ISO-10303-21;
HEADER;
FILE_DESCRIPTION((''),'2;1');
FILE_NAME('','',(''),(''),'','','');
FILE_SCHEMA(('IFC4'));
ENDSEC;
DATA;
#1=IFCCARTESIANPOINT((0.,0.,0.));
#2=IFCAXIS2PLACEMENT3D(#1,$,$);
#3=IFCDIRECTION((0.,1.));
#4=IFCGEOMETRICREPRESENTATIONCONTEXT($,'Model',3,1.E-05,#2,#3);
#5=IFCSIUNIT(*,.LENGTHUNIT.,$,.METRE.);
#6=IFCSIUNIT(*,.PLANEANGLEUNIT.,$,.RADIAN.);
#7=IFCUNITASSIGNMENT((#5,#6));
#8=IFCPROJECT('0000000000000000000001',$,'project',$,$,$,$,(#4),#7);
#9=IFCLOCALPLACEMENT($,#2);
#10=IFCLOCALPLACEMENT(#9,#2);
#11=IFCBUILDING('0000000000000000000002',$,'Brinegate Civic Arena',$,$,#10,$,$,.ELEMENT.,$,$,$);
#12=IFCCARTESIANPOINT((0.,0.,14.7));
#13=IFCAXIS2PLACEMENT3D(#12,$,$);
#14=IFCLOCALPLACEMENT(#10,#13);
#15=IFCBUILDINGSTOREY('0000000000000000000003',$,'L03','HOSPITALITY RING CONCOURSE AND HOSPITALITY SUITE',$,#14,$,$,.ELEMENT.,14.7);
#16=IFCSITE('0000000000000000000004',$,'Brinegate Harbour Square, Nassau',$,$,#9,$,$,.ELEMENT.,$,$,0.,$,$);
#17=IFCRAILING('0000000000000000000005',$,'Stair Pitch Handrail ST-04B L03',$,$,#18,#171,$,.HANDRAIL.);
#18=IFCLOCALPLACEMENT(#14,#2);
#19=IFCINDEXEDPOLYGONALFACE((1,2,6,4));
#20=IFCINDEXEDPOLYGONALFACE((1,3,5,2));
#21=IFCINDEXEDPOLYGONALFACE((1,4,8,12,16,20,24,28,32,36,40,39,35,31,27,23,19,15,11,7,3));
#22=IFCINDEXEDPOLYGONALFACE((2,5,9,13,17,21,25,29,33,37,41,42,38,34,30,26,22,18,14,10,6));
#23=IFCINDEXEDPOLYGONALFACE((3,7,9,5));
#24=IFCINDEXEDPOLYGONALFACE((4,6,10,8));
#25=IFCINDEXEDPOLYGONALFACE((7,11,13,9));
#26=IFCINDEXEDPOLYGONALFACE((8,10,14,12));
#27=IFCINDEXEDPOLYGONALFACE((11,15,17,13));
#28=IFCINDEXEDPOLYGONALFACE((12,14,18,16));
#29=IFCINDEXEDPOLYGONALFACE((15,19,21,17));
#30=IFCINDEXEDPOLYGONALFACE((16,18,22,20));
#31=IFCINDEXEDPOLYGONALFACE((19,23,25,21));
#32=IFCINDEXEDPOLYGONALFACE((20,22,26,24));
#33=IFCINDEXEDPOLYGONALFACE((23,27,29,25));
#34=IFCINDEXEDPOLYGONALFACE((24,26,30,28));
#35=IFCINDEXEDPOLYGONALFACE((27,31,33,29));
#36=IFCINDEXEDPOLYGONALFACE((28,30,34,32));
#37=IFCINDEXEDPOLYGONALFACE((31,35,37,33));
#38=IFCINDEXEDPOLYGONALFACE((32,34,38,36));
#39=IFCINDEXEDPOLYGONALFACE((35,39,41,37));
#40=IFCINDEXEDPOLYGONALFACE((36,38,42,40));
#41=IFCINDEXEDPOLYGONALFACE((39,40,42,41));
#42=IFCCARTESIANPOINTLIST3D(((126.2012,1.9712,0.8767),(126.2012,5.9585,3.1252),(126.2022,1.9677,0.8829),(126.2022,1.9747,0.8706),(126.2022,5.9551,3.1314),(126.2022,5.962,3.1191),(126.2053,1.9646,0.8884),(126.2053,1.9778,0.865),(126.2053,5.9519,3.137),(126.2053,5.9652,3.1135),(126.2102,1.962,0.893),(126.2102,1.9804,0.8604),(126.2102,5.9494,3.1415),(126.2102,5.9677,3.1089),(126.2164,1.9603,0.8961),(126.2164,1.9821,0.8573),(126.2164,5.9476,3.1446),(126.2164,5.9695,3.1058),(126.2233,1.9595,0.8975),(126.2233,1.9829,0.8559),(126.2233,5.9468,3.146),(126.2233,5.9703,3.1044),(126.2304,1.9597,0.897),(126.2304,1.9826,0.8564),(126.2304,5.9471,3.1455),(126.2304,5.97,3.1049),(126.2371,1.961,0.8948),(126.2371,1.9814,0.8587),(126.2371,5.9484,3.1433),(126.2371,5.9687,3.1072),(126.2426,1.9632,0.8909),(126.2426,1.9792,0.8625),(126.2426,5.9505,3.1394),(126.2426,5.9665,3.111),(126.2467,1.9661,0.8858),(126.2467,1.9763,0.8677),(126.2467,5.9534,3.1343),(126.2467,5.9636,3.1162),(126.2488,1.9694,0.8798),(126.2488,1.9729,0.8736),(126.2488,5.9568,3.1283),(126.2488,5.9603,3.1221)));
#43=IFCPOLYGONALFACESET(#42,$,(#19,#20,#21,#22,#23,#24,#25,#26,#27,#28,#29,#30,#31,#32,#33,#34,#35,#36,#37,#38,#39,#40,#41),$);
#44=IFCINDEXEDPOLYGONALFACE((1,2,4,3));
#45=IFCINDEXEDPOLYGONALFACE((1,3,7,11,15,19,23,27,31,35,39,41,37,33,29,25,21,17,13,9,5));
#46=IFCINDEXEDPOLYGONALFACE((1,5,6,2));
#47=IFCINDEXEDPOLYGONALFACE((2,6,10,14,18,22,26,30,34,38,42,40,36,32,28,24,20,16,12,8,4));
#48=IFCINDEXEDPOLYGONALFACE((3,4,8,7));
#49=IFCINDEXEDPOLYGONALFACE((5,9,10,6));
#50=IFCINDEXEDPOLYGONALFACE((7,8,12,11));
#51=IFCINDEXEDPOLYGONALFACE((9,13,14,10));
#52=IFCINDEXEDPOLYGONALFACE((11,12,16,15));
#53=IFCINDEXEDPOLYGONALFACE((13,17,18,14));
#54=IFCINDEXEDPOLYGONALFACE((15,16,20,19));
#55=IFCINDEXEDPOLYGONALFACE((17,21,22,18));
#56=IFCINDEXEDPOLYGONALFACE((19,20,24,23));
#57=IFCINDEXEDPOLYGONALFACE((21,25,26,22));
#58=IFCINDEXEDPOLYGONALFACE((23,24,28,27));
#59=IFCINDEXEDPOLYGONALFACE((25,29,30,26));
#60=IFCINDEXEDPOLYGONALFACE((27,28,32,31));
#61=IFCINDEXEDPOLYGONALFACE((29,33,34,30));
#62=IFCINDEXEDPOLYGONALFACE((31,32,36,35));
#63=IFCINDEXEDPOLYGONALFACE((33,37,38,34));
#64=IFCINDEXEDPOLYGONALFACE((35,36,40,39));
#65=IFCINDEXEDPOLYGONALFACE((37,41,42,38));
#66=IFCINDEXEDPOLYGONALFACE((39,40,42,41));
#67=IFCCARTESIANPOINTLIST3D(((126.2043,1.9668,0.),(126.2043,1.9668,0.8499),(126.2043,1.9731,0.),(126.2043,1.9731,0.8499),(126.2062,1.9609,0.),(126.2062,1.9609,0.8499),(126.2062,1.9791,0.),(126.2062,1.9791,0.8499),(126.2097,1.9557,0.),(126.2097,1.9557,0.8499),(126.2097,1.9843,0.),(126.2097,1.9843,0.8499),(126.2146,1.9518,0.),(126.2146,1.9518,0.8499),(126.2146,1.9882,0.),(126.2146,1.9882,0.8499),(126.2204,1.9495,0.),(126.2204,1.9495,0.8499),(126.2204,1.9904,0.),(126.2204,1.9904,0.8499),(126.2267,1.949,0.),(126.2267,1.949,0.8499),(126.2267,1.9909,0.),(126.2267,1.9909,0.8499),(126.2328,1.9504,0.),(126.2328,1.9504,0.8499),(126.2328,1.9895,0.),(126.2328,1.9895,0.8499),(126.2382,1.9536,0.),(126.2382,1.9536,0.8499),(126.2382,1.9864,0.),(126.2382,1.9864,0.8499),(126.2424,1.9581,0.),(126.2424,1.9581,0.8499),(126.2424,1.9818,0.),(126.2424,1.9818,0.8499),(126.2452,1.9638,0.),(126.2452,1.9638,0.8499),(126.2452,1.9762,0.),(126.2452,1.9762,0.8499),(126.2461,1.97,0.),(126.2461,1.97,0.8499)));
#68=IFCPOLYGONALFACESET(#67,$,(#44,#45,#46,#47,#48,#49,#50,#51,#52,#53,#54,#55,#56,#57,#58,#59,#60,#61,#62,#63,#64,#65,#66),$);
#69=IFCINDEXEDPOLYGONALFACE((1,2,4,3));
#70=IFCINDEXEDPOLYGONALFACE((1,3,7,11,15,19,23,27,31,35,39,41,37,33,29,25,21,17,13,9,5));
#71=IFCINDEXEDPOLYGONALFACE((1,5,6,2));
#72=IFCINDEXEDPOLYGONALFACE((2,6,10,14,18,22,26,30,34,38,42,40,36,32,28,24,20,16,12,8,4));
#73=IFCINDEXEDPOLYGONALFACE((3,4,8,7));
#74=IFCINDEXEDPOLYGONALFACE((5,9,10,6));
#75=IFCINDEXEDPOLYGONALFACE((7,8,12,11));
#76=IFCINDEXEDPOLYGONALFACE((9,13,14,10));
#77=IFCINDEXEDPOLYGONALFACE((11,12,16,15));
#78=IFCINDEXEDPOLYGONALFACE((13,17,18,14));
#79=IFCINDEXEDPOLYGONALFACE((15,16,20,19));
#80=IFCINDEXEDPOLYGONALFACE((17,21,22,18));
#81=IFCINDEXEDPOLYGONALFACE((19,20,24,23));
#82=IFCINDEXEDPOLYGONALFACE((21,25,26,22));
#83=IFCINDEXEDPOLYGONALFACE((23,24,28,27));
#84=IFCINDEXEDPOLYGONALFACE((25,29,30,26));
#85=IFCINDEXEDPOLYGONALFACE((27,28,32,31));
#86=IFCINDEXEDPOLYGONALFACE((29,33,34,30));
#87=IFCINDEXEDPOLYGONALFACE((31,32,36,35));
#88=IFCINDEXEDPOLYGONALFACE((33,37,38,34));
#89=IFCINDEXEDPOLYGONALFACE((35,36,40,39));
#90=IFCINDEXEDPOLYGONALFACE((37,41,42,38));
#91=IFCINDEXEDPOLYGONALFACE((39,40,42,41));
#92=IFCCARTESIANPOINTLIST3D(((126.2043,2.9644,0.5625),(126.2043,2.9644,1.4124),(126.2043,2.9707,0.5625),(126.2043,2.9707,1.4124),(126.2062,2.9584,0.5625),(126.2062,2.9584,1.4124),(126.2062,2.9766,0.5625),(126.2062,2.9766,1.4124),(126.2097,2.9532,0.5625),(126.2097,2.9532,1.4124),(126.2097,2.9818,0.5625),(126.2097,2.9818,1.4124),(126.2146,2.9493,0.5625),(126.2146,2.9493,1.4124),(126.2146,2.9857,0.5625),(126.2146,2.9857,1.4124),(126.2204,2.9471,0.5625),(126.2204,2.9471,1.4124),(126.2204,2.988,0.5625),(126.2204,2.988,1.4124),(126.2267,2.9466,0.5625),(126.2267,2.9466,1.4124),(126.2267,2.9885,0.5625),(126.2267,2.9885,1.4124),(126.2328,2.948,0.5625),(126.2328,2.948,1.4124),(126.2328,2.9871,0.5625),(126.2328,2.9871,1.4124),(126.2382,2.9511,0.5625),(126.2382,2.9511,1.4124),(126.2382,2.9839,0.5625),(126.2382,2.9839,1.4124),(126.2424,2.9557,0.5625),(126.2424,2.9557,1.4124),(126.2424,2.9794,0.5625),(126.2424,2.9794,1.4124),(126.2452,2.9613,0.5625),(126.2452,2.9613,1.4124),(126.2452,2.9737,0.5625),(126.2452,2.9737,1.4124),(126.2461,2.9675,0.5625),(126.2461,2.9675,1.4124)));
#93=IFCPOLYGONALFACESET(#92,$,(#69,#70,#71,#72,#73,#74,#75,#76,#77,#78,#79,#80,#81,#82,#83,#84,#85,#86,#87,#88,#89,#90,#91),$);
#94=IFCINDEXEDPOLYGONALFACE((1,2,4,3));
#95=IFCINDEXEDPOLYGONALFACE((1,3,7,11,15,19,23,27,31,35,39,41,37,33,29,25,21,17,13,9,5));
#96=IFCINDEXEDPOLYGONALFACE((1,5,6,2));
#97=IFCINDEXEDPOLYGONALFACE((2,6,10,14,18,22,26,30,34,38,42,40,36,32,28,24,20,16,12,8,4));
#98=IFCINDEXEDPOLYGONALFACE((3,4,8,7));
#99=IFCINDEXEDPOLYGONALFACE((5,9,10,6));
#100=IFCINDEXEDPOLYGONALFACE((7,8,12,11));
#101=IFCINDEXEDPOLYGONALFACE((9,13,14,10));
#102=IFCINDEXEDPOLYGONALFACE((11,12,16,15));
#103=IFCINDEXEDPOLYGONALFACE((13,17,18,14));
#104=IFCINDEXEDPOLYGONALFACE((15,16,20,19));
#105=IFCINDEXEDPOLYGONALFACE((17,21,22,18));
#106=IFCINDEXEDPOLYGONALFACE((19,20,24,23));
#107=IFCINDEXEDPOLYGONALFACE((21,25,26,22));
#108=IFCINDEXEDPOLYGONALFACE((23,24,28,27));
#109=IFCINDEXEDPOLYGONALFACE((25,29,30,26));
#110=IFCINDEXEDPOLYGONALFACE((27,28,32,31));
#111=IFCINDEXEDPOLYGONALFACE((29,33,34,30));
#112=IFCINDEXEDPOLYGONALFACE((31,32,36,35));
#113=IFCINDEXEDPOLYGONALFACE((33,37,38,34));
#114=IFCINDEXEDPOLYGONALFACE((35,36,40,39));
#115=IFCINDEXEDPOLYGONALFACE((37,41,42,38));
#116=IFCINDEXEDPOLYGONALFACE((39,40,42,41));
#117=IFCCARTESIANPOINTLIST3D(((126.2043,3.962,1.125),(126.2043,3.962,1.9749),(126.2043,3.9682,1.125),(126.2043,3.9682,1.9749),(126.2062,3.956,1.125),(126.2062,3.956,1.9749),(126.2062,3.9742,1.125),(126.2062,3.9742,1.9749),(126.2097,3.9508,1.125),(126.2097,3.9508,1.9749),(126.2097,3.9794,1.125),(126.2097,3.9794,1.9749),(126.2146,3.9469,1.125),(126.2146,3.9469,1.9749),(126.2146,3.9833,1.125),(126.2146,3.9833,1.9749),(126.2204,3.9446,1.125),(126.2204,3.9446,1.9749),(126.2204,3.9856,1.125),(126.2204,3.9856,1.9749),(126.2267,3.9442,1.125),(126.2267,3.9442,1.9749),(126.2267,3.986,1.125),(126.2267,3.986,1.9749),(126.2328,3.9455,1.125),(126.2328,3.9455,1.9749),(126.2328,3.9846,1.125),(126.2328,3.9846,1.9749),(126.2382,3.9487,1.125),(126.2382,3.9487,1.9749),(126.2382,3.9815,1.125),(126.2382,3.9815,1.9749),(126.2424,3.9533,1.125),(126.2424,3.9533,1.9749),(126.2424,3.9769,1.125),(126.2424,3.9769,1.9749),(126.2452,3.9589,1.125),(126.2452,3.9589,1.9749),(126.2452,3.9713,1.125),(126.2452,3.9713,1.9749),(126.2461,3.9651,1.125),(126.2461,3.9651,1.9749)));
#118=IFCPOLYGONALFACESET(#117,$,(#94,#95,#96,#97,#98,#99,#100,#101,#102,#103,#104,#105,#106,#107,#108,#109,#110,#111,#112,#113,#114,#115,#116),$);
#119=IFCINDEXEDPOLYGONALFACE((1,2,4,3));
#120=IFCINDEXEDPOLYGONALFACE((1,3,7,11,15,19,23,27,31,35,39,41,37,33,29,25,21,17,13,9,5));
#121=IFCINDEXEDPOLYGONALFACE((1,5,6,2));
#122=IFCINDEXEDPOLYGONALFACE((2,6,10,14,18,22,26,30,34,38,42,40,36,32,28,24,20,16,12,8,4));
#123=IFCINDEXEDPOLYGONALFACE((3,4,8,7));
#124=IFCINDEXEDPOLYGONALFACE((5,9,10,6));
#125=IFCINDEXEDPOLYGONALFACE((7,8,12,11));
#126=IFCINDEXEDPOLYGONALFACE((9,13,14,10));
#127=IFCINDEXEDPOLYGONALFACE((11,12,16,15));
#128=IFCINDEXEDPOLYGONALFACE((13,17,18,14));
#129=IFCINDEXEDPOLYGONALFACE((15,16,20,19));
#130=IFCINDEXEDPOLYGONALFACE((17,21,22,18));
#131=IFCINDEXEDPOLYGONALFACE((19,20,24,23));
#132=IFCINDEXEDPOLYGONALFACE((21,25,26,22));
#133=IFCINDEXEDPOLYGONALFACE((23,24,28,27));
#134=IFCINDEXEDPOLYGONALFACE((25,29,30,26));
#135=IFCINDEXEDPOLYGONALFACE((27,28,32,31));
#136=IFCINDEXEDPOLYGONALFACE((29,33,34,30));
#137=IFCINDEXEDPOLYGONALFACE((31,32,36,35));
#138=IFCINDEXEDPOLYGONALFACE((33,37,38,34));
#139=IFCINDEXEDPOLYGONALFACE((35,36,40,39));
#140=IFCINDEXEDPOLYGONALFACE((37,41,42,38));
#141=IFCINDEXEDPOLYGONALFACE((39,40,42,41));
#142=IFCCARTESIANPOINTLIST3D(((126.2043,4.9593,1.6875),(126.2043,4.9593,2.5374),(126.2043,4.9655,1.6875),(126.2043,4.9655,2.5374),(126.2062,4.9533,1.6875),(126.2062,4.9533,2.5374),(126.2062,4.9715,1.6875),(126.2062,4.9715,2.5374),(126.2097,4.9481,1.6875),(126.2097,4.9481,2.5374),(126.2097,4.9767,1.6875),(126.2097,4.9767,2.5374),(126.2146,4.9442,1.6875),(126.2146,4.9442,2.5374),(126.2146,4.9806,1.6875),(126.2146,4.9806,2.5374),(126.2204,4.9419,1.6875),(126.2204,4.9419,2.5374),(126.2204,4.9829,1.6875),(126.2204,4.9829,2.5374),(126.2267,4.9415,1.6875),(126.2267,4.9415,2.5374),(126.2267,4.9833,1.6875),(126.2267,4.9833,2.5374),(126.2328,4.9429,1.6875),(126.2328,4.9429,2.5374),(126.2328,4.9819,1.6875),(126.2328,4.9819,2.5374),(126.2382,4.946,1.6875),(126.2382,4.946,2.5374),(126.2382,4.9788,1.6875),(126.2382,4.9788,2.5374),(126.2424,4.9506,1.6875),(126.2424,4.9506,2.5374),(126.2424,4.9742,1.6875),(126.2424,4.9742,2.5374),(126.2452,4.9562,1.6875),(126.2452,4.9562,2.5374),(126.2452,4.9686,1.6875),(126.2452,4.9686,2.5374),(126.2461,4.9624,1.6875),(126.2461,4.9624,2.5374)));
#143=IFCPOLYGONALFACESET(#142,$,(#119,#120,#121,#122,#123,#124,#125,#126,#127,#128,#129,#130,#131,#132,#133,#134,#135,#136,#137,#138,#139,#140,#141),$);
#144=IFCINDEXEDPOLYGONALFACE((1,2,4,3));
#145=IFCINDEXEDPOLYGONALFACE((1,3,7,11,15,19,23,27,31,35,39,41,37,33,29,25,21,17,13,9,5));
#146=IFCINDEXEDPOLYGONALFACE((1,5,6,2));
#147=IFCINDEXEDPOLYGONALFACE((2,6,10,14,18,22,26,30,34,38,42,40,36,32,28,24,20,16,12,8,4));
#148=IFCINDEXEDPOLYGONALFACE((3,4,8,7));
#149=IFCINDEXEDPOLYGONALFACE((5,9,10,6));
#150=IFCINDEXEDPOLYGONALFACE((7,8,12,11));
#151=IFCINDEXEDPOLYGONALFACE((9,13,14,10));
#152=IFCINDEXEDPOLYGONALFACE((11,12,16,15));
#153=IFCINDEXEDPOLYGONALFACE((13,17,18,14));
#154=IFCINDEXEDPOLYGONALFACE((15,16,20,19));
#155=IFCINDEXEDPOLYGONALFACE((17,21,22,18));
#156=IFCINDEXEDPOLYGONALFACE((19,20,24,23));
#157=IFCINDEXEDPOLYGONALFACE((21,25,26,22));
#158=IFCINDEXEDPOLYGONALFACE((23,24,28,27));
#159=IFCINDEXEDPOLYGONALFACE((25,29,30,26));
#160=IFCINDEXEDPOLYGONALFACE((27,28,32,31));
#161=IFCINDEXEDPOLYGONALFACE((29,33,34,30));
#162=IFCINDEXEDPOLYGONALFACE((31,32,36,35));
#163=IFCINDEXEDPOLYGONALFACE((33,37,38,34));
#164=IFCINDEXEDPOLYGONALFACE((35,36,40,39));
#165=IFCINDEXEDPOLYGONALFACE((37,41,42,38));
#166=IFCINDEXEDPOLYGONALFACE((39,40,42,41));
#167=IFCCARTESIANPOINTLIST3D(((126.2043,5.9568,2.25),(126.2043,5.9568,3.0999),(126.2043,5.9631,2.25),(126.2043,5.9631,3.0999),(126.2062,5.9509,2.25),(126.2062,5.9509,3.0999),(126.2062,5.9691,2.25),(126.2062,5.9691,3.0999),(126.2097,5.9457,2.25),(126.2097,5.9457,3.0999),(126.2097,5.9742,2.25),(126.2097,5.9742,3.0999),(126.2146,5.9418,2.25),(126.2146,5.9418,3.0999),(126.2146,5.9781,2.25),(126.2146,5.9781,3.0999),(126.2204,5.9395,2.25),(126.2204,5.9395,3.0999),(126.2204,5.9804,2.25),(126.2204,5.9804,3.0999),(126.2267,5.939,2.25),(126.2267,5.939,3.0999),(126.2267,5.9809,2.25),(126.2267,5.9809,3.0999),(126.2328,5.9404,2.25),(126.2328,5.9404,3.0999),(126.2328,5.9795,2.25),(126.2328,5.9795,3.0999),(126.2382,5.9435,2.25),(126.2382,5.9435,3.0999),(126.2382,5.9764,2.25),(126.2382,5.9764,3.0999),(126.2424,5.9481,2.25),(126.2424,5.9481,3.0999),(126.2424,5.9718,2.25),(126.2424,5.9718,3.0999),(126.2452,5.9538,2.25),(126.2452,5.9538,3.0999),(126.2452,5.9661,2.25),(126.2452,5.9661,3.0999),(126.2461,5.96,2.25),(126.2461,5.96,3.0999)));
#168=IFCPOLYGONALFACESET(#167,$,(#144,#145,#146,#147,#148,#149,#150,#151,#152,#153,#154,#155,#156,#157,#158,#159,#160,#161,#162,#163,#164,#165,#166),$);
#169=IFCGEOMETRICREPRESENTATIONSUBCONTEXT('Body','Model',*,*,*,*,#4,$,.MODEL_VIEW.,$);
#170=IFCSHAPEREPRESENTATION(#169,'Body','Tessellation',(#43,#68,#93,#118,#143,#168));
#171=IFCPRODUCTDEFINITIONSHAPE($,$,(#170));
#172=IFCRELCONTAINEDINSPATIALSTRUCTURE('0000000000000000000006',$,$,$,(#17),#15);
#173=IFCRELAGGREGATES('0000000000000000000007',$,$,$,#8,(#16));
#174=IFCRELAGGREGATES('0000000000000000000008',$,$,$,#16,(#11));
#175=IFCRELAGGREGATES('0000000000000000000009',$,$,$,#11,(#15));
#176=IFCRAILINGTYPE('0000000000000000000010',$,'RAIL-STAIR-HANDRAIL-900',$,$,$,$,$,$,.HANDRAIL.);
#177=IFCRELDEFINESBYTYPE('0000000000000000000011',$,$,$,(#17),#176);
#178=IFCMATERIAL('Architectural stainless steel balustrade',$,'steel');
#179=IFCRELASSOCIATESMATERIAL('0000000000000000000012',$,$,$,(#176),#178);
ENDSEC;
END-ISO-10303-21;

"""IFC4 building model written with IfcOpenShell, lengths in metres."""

from ifc_helpers import new_model, si_unit, direction, frame, origin, origin_2d, place, context, subcontext, project, spatial, circle, extrude, material, type_object, element, save


model = new_model("IFC4")

# Units and contexts
model_context = context("Model", 3, precision=1e-05, world=origin(), true_north=direction((0.0, 1.0)))
body_context = subcontext(model_context, "Body", "Model", "MODEL_VIEW")
ifc_project = project(units=[si_unit("LENGTHUNIT", "METRE"), si_unit("PLANEANGLEUNIT", "RADIAN")], contexts=[model_context])

# Site, building, storey
site_placement = place(None, origin())
site = spatial("IfcSite", under=ifc_project, at=site_placement, Name="Brinegate Harbour Square, Nassau", CompositionType="ELEMENT", RefElevation=0.0)
building_placement = place(site_placement, origin())
building = spatial("IfcBuilding", under=site, at=building_placement, Name="Brinegate Civic Arena", CompositionType="ELEMENT")
storey_placement = place(building_placement, frame((0.0, 0.0, 14.7)))
storey = spatial("IfcBuildingStorey", under=building, at=storey_placement, Name="L03", Description="HOSPITALITY RING CONCOURSE AND HOSPITALITY SUITE", CompositionType="ELEMENT", Elevation=14.7)

# Railing
ifc_material_1 = material(Name="Architectural stainless steel balustrade", Category="steel")
railing_type_1 = type_object("IfcRailingType", Name="RAIL-STAIR-HANDRAIL-900", PredefinedType="HANDRAIL", material=ifc_material_1)
railing_1_placement = place(storey_placement, frame((126.2251, 1.97, 0.0)))
element("IfcRailing", 1, at=railing_1_placement, inside=storey, type_object=railing_type_1, Name="Stair Pitch Handrail ST-04B L03", PredefinedType="HANDRAIL", context=body_context, shape_type="SweptSolid", body=[
    extrude(circle(Radius=0.0239, at=origin_2d()), frame((0.0, 0.0012, 0.8767), z_axis=(0.0, 0.87105, 0.491195), x_axis=(-1.0, 0.0, 0.0)), (0.0, 0.0, 1.0), 4.5776),
    extrude(circle(Radius=0.021, at=origin_2d()), origin(), (0.0, 0.0, 1.0), 0.8499),
    extrude(circle(Radius=0.021, at=origin_2d()), frame((0.0, 0.9976, 0.5625)), (0.0, 0.0, 1.0), 0.8499),
    extrude(circle(Radius=0.021, at=origin_2d()), frame((0.0, 1.9951, 1.125)), (0.0, 0.0, 1.0), 0.8499),
    extrude(circle(Radius=0.021, at=origin_2d()), frame((0.0, 2.9924, 1.6875)), (0.0, 0.0, 1.0), 0.8499),
    extrude(circle(Radius=0.021, at=origin_2d()), frame((0.0, 3.99, 2.25)), (0.0, 0.0, 1.0), 0.8499),
])

save(model, "model.ifc")
